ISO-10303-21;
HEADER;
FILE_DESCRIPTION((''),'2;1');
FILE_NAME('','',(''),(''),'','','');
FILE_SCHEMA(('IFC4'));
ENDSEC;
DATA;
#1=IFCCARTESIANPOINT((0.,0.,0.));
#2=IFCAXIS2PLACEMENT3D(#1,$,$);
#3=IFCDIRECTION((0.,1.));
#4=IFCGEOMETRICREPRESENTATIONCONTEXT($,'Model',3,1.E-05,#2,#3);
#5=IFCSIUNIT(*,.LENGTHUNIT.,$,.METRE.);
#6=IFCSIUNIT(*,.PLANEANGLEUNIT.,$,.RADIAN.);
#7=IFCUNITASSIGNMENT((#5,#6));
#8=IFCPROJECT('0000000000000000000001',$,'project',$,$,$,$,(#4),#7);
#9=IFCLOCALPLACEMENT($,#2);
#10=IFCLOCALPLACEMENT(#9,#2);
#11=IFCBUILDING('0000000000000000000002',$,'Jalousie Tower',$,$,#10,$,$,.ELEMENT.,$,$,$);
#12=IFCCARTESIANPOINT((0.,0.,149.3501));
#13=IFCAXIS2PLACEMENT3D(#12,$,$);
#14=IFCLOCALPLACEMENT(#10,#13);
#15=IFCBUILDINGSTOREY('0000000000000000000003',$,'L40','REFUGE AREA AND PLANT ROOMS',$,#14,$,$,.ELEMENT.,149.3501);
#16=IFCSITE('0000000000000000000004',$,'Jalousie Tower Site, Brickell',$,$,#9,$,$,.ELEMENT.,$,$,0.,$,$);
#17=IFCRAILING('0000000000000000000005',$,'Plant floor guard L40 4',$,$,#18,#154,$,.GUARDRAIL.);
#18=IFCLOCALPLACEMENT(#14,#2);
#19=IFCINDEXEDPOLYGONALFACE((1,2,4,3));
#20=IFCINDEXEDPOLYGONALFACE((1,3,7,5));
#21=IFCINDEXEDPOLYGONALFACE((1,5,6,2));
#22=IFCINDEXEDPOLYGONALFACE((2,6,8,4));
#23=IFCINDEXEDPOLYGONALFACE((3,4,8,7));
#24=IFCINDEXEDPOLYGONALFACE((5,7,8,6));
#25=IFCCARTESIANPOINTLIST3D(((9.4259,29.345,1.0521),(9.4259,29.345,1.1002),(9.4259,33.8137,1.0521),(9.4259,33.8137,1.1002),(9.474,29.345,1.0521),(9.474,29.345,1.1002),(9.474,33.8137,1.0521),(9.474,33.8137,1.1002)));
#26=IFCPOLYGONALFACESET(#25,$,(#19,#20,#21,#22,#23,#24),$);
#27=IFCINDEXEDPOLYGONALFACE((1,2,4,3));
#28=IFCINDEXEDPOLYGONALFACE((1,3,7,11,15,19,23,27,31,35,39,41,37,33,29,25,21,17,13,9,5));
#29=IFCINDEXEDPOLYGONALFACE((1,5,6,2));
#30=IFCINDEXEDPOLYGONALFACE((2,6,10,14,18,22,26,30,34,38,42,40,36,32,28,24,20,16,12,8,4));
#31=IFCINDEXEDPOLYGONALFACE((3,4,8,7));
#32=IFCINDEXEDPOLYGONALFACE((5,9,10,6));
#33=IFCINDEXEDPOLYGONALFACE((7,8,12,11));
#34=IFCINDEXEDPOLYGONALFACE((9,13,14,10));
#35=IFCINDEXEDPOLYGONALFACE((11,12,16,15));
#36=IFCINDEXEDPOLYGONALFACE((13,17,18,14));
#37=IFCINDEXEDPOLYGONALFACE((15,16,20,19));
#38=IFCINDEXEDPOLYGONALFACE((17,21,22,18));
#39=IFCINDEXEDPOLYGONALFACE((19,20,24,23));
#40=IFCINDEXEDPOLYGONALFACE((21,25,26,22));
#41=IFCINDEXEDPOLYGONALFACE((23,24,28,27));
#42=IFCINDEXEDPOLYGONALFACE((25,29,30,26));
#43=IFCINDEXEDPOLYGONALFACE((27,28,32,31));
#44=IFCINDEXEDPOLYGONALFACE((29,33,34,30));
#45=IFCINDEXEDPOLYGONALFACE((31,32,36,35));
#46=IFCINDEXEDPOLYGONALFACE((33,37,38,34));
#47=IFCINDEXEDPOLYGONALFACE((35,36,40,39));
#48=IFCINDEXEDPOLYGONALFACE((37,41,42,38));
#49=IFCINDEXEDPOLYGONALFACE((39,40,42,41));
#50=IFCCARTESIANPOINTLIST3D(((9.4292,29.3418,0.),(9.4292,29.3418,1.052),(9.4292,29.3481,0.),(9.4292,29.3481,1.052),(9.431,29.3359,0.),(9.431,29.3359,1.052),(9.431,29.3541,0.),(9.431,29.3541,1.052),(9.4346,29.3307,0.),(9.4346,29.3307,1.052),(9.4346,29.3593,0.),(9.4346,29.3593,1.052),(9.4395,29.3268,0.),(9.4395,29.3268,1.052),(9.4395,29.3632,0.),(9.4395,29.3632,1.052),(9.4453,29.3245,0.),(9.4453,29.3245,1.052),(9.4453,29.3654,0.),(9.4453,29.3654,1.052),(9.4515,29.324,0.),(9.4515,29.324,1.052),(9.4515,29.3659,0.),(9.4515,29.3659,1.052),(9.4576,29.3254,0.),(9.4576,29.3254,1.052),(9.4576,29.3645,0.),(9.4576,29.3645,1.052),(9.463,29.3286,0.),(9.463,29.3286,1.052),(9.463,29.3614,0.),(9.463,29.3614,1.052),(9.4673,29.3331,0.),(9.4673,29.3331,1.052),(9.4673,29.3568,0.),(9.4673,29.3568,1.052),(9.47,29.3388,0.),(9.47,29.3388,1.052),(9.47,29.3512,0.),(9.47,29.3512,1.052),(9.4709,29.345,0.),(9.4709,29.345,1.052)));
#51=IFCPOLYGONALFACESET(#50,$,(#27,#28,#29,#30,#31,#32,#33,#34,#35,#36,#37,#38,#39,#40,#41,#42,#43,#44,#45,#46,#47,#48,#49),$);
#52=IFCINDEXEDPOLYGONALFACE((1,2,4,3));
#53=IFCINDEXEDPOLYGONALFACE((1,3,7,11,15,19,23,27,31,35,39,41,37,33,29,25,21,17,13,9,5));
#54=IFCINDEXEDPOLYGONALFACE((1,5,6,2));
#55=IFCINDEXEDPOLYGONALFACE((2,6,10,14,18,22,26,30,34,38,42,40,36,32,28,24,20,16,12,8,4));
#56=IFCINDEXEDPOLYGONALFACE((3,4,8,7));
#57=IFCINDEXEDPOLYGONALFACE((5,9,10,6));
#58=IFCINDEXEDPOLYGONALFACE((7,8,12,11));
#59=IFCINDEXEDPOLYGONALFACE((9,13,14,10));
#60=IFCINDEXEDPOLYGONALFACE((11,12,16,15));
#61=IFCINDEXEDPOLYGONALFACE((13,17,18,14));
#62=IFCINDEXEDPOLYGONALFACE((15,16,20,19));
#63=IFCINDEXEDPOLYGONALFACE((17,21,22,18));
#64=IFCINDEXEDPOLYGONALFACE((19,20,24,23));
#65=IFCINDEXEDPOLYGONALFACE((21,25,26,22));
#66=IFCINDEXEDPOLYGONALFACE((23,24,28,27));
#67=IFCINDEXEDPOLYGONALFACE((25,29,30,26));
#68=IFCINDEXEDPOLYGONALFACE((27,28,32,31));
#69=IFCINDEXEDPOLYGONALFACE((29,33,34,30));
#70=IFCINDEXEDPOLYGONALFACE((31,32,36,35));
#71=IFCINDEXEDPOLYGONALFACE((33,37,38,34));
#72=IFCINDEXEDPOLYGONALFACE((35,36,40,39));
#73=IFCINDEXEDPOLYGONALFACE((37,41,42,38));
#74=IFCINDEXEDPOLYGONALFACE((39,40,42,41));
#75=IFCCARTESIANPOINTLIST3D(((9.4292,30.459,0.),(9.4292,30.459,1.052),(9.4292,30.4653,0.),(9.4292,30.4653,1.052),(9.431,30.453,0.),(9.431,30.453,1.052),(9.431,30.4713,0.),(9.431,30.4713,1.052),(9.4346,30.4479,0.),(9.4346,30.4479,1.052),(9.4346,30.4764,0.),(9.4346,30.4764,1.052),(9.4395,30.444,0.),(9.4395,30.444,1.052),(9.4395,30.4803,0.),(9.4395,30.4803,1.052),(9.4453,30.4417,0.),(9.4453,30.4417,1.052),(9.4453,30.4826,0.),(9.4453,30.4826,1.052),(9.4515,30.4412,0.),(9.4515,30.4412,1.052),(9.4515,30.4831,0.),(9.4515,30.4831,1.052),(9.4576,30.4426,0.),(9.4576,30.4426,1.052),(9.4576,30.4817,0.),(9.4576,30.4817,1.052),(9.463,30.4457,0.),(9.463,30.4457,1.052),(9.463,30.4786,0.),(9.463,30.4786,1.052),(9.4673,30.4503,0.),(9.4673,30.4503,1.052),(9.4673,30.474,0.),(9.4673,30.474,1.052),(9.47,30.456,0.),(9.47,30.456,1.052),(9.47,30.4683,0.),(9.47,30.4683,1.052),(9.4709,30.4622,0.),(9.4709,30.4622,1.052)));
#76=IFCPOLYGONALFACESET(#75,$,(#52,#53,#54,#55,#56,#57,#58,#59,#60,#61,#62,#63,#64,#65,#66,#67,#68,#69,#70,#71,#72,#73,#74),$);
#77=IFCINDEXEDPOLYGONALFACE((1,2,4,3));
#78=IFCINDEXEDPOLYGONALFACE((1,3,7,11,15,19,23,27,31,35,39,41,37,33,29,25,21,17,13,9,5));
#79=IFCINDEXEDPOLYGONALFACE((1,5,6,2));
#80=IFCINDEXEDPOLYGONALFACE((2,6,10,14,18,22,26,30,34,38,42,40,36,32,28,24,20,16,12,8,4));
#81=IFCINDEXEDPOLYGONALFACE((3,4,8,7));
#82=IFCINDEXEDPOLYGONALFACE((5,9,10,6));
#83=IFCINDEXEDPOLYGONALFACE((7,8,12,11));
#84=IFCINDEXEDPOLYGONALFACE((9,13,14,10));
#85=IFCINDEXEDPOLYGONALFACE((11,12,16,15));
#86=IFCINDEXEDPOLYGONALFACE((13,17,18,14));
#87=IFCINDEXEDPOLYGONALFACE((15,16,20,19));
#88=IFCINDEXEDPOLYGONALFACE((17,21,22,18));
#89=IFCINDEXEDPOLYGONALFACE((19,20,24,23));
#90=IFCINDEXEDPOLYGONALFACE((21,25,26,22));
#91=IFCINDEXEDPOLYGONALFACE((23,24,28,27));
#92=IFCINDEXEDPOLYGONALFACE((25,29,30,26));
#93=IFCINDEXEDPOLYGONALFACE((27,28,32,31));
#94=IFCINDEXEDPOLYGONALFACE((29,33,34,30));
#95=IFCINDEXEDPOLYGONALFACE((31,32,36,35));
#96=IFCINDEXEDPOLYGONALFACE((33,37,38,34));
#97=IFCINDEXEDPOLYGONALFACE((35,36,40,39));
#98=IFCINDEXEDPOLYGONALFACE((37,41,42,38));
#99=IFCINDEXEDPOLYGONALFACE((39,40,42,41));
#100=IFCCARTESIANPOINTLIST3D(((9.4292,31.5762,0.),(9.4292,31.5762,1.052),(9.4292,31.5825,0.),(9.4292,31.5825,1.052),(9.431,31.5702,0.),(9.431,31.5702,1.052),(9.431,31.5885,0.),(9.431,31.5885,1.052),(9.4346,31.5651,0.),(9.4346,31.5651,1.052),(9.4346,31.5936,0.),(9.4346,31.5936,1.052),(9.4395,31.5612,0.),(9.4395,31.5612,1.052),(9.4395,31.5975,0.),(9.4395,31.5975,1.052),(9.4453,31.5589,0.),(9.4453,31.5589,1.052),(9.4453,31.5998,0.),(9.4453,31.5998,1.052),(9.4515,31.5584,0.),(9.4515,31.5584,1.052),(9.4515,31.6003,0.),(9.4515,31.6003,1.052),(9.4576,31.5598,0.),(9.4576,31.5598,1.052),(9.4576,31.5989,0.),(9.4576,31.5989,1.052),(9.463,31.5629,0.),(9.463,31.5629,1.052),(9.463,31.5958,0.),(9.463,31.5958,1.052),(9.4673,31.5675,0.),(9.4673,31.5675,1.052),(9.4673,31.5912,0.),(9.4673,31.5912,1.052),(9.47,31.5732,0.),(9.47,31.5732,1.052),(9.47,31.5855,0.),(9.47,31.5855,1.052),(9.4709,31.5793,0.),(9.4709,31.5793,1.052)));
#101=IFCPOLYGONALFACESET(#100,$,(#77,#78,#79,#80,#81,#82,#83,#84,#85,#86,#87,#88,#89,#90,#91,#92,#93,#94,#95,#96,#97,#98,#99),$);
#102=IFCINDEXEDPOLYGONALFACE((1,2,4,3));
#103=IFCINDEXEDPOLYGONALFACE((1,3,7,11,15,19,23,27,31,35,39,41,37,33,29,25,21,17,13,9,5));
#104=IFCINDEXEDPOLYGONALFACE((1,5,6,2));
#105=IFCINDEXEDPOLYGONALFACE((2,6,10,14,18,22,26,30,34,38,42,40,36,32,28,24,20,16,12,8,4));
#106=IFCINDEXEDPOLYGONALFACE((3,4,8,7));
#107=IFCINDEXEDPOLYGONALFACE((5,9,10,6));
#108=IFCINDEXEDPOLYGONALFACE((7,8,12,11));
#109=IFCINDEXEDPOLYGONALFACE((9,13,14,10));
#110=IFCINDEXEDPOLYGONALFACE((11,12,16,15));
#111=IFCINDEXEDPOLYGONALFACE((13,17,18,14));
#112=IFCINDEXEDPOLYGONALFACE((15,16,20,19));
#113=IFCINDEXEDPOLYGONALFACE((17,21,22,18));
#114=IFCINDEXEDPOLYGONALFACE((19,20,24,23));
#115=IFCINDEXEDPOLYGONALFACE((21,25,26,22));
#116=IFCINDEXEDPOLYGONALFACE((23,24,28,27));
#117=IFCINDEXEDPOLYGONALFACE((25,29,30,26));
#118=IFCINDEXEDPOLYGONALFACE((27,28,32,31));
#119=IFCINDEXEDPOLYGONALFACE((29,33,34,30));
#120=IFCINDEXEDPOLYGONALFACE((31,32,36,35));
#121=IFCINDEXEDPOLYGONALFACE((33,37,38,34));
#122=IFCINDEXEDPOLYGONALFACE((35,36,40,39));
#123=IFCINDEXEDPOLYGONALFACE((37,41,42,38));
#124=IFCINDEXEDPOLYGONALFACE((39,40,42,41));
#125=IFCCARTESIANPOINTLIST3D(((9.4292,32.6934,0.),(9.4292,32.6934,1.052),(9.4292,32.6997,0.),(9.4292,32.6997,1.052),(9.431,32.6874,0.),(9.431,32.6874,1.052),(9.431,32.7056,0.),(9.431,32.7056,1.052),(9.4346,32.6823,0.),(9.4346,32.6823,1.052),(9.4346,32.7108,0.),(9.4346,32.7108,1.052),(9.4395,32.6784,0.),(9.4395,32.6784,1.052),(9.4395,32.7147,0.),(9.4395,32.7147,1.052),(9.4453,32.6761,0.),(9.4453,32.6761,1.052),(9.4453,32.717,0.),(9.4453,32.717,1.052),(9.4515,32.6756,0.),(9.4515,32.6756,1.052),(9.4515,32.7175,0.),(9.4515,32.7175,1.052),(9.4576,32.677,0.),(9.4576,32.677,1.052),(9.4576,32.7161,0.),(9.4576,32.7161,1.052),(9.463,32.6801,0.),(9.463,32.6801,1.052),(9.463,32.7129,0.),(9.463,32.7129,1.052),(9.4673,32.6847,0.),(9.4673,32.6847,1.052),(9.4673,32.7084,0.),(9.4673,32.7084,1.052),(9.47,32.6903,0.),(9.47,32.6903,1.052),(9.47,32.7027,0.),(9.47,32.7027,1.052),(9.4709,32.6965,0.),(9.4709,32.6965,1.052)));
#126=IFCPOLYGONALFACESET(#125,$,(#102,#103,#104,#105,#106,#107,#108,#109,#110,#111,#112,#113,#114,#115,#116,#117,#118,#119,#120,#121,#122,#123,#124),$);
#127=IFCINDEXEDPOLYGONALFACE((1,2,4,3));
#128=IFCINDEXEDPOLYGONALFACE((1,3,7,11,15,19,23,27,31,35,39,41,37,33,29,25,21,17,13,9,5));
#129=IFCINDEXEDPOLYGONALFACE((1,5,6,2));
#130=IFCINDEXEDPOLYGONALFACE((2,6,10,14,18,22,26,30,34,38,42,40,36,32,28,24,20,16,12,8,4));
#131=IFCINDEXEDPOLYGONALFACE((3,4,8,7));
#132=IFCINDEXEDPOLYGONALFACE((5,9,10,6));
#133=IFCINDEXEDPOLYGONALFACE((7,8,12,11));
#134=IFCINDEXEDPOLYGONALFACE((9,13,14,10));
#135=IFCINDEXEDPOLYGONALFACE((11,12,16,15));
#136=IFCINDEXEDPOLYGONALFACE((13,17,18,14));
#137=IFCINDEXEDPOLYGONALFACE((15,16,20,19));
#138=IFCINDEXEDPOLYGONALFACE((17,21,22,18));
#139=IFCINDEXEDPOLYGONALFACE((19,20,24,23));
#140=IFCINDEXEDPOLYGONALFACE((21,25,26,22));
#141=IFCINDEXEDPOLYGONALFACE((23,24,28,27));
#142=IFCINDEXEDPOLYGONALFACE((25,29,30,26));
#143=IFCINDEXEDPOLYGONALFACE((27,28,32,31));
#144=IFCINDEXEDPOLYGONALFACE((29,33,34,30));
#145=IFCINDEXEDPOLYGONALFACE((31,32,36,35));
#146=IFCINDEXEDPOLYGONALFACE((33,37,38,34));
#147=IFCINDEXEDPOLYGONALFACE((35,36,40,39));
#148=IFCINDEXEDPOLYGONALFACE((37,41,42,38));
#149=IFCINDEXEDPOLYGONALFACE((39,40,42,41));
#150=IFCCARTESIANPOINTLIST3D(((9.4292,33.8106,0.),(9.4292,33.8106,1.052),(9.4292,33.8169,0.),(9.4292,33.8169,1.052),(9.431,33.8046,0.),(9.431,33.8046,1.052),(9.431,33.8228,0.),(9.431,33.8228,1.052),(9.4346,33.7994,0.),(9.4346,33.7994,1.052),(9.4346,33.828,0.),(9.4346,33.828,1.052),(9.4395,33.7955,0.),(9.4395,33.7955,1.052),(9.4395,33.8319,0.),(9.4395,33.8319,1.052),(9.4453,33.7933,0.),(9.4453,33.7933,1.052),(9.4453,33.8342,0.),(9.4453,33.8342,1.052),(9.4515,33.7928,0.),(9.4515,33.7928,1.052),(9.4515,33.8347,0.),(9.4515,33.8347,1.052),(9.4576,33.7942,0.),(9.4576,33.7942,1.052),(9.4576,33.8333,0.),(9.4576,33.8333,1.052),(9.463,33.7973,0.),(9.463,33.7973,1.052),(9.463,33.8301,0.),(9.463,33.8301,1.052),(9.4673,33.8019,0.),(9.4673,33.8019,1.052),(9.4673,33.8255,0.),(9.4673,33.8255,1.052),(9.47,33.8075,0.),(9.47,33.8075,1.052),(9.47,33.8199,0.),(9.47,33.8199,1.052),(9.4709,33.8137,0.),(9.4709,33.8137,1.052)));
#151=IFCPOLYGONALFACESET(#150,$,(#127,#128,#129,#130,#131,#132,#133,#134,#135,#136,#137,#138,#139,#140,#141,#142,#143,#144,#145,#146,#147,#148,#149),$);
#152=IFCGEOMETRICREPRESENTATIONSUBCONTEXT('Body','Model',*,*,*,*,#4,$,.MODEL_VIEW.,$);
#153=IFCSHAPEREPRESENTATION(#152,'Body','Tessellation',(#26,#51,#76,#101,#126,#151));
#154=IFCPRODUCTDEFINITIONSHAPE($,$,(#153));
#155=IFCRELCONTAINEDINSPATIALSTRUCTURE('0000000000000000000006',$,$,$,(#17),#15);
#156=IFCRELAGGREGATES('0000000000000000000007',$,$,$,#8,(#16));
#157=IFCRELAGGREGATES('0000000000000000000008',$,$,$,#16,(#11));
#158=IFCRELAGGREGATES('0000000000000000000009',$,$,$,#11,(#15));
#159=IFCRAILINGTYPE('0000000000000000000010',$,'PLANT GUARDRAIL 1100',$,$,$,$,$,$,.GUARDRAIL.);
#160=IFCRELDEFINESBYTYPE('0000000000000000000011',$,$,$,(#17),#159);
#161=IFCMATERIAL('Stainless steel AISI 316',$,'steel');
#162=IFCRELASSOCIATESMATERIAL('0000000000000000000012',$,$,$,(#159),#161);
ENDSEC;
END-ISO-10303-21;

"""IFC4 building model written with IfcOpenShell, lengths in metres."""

from ifc_helpers import new_model, si_unit, direction, frame, origin, origin_2d, place, context, subcontext, project, spatial, rectangle, circle, extrude, material, type_object, element, save


model = new_model("IFC4")

# Units and contexts
model_context = context("Model", 3, precision=1e-05, world=origin(), true_north=direction((0.0, 1.0)))
body_context = subcontext(model_context, "Body", "Model", "MODEL_VIEW")
ifc_project = project(units=[si_unit("LENGTHUNIT", "METRE"), si_unit("PLANEANGLEUNIT", "RADIAN")], contexts=[model_context])

# Site, building, storey
site_placement = place(None, origin())
site = spatial("IfcSite", under=ifc_project, at=site_placement, Name="Jalousie Tower Site, Brickell", CompositionType="ELEMENT", RefElevation=0.0)
building_placement = place(site_placement, origin())
building = spatial("IfcBuilding", under=site, at=building_placement, Name="Jalousie Tower", CompositionType="ELEMENT")
storey_placement = place(building_placement, frame((0.0, 0.0, 149.3501)))
storey = spatial("IfcBuildingStorey", under=building, at=storey_placement, Name="L40", Description="REFUGE AREA AND PLANT ROOMS", CompositionType="ELEMENT", Elevation=149.3501)

# Railing
ifc_material_1 = material(Name="Stainless steel AISI 316", Category="steel")
railing_type = type_object("IfcRailingType", Name="PLANT GUARDRAIL 1100", PredefinedType="GUARDRAIL", material=ifc_material_1)
railing_1_placement = place(storey_placement, frame((9.45, 29.345, 0.0)))
element("IfcRailing", 1, at=railing_1_placement, inside=storey, type_object=railing_type, Name="Plant floor guard L40 4", PredefinedType="GUARDRAIL", context=body_context, shape_type="SweptSolid", body=[
    extrude(rectangle(XDim=0.0481, YDim=0.0481, at=origin_2d()), frame((0.0, 0.0, 1.0762), z_axis=(0.0, 1.0, 0.0), x_axis=(-1.0, 0.0, 0.0)), (0.0, 0.0, 1.0), 4.4688),
    extrude(circle(Radius=0.021, at=origin_2d()), origin(), (0.0, 0.0, 1.0), 1.052),
    extrude(circle(Radius=0.021, at=origin_2d()), frame((0.0, 1.1172, 0.0)), (0.0, 0.0, 1.0), 1.052),
    extrude(circle(Radius=0.021, at=origin_2d()), frame((0.0, 2.2344, 0.0)), (0.0, 0.0, 1.0), 1.052),
    extrude(circle(Radius=0.021, at=origin_2d()), frame((0.0, 3.3516, 0.0)), (0.0, 0.0, 1.0), 1.052),
    extrude(circle(Radius=0.021, at=origin_2d()), frame((0.0, 4.4688, 0.0)), (0.0, 0.0, 1.0), 1.052),
])

save(model, "model.ifc")
